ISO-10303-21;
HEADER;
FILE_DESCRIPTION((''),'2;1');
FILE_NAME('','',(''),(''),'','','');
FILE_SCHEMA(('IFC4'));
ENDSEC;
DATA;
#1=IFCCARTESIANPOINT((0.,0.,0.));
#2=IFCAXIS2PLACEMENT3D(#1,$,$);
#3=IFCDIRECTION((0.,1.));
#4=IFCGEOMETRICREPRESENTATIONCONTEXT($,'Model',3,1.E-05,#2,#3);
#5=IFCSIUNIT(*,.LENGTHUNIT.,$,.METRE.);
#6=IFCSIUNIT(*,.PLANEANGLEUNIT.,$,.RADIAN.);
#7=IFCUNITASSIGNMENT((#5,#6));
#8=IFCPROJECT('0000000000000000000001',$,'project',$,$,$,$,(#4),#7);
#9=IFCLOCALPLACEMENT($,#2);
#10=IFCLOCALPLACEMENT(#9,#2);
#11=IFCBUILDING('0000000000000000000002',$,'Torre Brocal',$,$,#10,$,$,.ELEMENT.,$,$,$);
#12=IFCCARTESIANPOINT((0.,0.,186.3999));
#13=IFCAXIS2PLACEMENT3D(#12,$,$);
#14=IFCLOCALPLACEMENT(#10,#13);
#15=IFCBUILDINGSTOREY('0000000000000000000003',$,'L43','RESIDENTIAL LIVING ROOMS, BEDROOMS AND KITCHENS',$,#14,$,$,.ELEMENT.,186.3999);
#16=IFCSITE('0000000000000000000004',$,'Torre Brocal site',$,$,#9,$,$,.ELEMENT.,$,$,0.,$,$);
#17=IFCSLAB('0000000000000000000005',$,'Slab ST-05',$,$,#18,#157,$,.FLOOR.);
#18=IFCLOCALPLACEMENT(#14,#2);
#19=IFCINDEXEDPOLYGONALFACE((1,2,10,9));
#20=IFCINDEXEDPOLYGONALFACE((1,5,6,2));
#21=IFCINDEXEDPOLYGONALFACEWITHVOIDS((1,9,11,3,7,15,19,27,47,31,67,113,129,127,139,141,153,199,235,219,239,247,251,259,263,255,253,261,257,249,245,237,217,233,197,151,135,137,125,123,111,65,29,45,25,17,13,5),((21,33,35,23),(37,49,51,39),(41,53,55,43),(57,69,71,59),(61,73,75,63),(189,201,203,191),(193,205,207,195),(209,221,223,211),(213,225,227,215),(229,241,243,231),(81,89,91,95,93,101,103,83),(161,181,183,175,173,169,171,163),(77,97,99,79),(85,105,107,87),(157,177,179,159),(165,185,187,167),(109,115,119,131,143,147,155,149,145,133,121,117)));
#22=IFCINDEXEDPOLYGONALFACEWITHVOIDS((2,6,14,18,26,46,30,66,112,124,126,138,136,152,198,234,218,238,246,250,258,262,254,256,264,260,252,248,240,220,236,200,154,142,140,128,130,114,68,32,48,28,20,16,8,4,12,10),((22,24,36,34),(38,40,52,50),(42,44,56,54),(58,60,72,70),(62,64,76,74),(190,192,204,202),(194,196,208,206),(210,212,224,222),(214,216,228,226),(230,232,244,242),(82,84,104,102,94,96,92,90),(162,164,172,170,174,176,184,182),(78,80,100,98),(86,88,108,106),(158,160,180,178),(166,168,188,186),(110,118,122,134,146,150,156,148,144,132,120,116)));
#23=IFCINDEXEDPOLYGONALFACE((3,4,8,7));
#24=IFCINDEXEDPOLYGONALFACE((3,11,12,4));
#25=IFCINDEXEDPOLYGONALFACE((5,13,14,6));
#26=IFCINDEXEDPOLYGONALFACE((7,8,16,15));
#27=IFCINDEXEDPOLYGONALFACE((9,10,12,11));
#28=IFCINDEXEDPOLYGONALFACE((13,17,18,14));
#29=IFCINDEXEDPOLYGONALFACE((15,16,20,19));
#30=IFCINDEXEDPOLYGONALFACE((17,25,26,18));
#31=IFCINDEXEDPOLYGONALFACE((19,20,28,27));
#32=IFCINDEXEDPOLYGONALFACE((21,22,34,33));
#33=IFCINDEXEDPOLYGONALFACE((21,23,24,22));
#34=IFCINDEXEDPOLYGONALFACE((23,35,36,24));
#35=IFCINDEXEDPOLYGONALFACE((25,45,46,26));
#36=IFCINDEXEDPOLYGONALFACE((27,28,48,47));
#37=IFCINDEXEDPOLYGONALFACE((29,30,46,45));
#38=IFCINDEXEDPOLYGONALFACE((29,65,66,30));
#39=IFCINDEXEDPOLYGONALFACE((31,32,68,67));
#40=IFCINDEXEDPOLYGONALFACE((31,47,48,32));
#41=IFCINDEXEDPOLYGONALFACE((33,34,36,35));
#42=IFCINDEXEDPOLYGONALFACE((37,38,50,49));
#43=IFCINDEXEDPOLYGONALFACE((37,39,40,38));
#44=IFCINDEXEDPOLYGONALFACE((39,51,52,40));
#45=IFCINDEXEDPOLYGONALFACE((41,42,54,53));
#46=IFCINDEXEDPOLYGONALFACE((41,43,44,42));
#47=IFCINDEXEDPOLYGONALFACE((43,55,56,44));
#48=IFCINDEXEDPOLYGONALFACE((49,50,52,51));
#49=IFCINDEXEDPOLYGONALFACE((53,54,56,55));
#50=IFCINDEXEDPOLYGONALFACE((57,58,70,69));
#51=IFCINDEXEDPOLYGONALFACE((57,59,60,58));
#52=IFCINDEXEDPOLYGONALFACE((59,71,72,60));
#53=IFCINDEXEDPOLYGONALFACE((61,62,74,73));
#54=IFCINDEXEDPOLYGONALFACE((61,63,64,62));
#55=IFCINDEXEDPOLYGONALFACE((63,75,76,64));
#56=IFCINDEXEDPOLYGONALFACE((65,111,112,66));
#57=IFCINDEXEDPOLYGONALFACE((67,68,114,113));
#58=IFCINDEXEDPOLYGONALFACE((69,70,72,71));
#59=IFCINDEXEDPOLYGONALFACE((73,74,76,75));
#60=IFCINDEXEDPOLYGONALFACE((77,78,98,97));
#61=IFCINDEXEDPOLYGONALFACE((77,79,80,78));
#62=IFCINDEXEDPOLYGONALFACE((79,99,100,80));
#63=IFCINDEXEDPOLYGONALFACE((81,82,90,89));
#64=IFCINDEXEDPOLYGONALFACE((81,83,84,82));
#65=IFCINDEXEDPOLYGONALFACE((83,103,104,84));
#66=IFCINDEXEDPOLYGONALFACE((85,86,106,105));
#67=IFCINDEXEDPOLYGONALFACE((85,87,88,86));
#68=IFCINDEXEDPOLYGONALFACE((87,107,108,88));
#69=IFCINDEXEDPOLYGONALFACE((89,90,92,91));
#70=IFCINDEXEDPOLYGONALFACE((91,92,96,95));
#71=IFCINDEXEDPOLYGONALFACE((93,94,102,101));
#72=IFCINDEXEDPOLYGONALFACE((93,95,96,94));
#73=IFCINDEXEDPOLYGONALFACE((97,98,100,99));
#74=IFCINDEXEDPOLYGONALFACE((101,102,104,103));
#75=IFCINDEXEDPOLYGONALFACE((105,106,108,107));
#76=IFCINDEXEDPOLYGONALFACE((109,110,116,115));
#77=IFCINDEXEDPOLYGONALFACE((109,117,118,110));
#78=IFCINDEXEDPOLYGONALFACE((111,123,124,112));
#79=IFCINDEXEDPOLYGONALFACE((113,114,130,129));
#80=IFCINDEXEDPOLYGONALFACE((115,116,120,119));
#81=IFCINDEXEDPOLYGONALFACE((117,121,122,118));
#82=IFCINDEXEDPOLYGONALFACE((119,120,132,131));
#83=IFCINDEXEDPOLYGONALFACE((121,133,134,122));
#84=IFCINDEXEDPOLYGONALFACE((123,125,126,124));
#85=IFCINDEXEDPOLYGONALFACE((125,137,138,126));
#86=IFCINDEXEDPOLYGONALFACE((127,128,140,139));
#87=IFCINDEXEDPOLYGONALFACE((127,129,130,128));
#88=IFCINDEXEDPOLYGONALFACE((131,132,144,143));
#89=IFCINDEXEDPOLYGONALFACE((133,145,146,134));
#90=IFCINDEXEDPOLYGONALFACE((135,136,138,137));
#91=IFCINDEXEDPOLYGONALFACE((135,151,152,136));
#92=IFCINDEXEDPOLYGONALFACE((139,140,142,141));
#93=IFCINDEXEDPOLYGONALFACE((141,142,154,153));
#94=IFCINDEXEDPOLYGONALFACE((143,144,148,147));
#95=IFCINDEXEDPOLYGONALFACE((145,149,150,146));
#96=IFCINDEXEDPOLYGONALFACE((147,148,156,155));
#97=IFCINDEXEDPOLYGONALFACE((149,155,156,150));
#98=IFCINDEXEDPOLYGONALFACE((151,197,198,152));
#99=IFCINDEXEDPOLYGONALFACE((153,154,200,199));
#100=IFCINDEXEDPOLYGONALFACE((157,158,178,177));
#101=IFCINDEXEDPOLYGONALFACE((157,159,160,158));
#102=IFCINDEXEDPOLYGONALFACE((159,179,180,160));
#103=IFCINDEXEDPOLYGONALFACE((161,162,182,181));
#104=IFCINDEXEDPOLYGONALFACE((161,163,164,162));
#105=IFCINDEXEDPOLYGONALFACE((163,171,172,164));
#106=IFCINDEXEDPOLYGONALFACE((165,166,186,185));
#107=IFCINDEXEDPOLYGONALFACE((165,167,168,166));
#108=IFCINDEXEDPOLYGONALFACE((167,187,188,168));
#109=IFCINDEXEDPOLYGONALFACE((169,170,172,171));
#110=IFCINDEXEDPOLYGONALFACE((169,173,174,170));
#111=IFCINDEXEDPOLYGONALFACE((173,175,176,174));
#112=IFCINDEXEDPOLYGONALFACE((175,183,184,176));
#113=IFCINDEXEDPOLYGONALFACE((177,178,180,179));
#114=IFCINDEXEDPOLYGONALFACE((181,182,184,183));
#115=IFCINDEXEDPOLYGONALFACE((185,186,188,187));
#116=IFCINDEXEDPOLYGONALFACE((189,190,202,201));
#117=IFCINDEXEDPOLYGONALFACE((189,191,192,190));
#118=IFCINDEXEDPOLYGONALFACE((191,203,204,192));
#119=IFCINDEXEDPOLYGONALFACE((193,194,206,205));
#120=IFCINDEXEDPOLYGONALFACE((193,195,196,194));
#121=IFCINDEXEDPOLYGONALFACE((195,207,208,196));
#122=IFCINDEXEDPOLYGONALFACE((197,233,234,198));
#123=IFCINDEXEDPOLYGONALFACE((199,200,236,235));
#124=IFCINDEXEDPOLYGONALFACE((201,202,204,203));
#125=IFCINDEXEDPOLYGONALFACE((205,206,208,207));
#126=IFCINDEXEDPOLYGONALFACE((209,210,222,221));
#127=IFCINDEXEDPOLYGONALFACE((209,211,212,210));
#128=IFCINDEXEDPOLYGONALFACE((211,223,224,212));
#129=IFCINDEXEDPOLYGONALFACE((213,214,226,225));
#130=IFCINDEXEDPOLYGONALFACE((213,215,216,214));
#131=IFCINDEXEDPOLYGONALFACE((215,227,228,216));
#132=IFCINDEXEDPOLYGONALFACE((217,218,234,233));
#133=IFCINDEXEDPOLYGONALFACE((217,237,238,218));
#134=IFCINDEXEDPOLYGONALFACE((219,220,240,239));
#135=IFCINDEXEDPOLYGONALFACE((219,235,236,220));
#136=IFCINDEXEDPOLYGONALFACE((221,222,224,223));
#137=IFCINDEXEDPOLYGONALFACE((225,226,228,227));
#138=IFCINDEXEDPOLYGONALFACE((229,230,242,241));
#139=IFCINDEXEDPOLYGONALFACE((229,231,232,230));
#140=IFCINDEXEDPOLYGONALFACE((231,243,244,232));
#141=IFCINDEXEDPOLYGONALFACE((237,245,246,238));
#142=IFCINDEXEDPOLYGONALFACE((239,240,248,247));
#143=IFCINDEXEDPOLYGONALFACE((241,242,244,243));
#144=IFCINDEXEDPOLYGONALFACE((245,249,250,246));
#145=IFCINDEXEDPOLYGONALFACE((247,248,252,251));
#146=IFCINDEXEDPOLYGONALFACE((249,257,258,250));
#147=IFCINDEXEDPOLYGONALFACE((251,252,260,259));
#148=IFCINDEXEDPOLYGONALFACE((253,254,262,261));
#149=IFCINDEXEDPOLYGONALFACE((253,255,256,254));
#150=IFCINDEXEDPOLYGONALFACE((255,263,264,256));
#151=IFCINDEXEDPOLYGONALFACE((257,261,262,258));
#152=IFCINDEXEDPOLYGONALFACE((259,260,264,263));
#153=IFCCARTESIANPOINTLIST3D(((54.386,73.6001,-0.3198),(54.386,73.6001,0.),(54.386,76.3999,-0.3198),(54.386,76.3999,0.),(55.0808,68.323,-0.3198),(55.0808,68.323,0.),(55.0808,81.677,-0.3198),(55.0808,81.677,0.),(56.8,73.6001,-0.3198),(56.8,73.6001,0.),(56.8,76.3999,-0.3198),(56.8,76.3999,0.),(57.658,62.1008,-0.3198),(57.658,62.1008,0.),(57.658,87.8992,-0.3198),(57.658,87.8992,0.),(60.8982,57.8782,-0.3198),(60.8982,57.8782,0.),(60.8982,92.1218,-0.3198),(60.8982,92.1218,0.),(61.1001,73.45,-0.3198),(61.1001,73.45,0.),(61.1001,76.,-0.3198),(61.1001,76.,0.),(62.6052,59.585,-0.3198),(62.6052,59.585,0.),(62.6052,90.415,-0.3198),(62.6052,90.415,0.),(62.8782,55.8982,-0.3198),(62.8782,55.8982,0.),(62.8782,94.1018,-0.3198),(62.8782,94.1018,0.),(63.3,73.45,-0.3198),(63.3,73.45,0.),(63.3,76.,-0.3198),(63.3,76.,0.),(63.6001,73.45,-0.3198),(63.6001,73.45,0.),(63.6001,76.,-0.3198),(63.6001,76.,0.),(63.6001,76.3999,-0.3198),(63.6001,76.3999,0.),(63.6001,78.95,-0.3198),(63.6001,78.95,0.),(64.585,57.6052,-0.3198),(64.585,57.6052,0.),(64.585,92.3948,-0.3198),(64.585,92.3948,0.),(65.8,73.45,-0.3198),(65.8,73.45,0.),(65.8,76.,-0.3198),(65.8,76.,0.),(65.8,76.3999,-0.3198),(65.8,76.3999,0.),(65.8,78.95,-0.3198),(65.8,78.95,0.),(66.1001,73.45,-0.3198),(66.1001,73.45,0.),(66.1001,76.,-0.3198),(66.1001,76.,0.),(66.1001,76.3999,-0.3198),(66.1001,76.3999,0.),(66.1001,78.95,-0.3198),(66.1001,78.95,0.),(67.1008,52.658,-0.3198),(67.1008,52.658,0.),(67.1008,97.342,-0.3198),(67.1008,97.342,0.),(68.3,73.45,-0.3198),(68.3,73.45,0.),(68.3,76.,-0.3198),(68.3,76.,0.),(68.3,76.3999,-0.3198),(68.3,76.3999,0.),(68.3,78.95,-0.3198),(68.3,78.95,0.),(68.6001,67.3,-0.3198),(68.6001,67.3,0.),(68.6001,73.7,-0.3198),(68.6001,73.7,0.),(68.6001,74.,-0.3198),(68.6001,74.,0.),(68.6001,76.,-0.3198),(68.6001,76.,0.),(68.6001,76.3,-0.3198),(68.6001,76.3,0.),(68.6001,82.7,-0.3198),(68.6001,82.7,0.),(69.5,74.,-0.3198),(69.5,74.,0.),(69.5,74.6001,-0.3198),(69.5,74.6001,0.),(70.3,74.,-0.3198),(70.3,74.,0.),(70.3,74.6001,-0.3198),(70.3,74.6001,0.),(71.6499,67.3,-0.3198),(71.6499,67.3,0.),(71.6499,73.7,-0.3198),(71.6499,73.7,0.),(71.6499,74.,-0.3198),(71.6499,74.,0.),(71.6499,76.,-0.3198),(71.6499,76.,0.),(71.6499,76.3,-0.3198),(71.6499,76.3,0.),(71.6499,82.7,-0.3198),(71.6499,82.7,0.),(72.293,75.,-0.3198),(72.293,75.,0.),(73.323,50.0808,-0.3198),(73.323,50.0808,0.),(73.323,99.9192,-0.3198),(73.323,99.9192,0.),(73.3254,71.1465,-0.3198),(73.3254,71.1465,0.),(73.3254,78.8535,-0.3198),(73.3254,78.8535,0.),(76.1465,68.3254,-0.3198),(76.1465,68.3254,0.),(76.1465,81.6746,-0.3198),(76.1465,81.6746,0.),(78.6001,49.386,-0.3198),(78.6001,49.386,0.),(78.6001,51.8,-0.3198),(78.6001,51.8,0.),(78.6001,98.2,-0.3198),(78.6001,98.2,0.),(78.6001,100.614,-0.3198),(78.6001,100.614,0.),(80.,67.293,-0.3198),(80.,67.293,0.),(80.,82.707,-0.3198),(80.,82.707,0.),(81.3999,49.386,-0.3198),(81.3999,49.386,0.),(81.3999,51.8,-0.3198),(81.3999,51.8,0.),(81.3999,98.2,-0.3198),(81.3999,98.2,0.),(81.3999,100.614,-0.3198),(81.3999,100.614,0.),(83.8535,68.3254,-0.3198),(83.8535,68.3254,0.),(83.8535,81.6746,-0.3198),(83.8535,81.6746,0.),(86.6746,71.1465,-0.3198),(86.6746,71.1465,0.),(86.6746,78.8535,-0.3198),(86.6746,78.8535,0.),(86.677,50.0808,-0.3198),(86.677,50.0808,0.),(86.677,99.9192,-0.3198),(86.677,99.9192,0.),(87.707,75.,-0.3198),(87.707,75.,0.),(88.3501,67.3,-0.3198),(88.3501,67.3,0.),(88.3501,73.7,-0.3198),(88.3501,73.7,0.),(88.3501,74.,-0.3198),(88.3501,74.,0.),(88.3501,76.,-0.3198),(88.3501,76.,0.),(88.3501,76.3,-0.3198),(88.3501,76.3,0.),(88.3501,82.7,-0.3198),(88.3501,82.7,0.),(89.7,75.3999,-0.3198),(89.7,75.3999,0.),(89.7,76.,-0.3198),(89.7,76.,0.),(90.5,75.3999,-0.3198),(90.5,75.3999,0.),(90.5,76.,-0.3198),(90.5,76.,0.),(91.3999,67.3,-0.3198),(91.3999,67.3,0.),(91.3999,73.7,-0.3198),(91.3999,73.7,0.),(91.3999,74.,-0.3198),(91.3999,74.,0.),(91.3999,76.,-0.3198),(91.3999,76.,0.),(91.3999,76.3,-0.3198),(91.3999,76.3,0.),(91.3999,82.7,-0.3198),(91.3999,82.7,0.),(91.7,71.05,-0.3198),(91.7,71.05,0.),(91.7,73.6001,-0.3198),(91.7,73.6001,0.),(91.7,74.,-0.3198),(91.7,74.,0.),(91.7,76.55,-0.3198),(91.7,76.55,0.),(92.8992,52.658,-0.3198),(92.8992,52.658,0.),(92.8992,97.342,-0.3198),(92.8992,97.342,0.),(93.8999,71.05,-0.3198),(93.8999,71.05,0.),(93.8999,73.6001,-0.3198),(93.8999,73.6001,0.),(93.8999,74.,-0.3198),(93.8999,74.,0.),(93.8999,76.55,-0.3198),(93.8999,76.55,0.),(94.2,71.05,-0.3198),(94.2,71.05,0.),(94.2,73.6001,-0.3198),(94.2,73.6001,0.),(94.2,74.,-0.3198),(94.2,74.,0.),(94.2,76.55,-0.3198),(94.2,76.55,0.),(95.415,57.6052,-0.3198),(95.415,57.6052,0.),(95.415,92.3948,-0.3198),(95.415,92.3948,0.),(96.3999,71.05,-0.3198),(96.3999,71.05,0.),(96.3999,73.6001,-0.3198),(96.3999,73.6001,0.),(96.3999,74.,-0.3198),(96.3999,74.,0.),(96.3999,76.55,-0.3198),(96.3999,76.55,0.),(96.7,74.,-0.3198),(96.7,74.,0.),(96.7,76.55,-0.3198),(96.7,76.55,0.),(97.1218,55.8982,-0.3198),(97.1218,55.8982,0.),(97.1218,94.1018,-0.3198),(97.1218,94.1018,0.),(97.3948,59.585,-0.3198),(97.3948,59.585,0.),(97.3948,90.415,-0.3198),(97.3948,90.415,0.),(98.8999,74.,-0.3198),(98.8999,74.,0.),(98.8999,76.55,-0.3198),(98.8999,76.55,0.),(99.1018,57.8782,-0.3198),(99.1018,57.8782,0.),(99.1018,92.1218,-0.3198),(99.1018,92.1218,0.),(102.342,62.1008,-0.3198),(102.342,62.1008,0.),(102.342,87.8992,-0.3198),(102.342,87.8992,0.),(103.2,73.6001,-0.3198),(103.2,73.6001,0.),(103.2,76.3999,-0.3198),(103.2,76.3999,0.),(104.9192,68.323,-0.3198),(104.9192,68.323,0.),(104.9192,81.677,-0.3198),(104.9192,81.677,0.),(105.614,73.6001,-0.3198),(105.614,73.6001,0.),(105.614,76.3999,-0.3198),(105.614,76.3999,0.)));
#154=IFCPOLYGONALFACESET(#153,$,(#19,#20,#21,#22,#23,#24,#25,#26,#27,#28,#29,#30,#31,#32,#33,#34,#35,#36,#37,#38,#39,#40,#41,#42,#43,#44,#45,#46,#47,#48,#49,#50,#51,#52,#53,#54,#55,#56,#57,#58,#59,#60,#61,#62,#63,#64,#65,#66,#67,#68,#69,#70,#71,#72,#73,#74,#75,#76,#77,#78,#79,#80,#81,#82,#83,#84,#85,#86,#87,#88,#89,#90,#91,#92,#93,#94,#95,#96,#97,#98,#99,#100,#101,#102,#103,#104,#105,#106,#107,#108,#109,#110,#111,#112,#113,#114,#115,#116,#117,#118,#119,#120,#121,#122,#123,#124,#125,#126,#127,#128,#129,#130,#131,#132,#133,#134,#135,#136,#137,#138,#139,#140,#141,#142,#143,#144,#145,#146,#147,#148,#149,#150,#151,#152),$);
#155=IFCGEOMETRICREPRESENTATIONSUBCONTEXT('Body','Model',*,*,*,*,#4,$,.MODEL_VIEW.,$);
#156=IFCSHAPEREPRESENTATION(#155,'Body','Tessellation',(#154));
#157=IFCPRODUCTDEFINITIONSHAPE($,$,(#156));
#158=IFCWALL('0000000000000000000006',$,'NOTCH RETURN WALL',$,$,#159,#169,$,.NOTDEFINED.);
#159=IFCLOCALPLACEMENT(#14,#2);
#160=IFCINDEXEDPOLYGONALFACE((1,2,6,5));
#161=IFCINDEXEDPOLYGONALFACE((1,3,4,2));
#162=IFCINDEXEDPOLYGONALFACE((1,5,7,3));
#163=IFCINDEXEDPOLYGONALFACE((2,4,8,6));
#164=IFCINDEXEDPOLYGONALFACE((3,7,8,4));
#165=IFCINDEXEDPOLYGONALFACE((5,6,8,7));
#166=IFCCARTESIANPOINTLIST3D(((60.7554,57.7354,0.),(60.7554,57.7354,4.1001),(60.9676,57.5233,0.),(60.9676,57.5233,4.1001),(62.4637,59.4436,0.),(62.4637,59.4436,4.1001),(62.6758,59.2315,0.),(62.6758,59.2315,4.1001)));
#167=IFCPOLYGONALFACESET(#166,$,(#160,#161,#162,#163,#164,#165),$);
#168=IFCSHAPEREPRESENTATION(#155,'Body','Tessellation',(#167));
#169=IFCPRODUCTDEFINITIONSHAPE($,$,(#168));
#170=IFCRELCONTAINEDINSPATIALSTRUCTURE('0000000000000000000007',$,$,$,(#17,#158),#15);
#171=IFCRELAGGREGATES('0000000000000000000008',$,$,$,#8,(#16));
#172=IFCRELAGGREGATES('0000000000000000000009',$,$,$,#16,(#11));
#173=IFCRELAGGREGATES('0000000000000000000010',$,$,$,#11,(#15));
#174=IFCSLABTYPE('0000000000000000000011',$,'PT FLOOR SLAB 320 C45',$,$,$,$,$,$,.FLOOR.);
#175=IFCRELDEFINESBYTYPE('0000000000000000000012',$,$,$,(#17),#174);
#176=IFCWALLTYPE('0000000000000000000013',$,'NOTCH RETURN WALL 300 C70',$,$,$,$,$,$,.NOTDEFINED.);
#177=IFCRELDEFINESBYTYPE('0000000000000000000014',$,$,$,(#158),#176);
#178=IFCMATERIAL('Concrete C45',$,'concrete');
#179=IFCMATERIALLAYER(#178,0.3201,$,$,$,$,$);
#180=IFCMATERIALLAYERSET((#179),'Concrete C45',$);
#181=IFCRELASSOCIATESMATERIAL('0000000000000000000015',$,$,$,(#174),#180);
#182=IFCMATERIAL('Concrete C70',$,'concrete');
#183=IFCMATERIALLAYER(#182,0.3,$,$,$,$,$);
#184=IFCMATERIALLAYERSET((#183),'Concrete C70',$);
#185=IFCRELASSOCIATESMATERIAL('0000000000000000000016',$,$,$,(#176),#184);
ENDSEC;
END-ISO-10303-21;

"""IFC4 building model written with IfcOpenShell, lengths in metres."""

from ifc_helpers import new_model, si_unit, direction, frame, frame_2d, origin, place, context, subcontext, project, spatial, polyline, rectangle, outline, extrude, material, layer, layer_set, type_object, element, save


model = new_model("IFC4")

# Units and contexts
model_context = context("Model", 3, precision=1e-05, world=origin(), true_north=direction((0.0, 1.0)))
body_context = subcontext(model_context, "Body", "Model", "MODEL_VIEW")
ifc_project = project(units=[si_unit("LENGTHUNIT", "METRE"), si_unit("PLANEANGLEUNIT", "RADIAN")], contexts=[model_context])

# Site, building, storey
site_placement = place(None, origin())
site = spatial("IfcSite", under=ifc_project, at=site_placement, Name="Torre Brocal site", CompositionType="ELEMENT", RefElevation=0.0)
building_placement = place(site_placement, origin())
building = spatial("IfcBuilding", under=site, at=building_placement, Name="Torre Brocal", CompositionType="ELEMENT")
storey_placement = place(building_placement, frame((0.0, 0.0, 186.3999)))
storey = spatial("IfcBuildingStorey", under=building, at=storey_placement, Name="L43", Description="RESIDENTIAL LIVING ROOMS, BEDROOMS AND KITCHENS", CompositionType="ELEMENT", Elevation=186.3999)

# Slab
ifc_material_1 = material(Name="Concrete C45", Category="concrete")
ifc_layer_1 = layer(ifc_material_1, 0.3201)
ifc_layer_set_1 = layer_set([ifc_layer_1], Name="Concrete C45")
slab_type_1 = type_object("IfcSlabType", Name="PT FLOOR SLAB 320 C45", PredefinedType="FLOOR", material=ifc_layer_set_1)
slab_1_placement = place(storey_placement, frame((0.0, 0.0, -0.3198)))
element("IfcSlab", 1, at=slab_1_placement, inside=storey, type_object=slab_type_1, Name="Slab ST-05", PredefinedType="FLOOR", context=body_context, shape_type="SweptSolid", body=[
    extrude(outline(polyline([(103.2, 76.3999), (103.2, 73.6001), (105.614, 73.6001), (104.9192, 68.323), (102.342, 62.1008), (99.1018, 57.8782), (97.3948, 59.585), (95.415, 57.6052), (97.1218, 55.8982), (92.8992, 52.658), (86.677, 50.0808), (81.3999, 49.386), (81.3999, 51.8), (78.6001, 51.8), (78.6001, 49.386), (73.323, 50.0808), (67.1008, 52.658), (62.8782, 55.8982), (64.585, 57.6052), (62.6052, 59.585), (60.8982, 57.8782), (57.658, 62.1008), (55.0808, 68.323), (54.386, 73.6001), (56.8, 73.6001), (56.8, 76.3999), (54.386, 76.3999), (55.0808, 81.677), (57.658, 87.8992), (60.8982, 92.1218), (62.6052, 90.415), (64.585, 92.3948), (62.8782, 94.1018), (67.1008, 97.342), (73.323, 99.9192), (78.6001, 100.614), (78.6001, 98.2), (81.3999, 98.2), (81.3999, 100.614), (86.677, 99.9192), (92.8992, 97.342), (97.1218, 94.1018), (95.415, 92.3948), (97.3948, 90.415), (99.1018, 92.1218), (102.342, 87.8992), (104.9192, 81.677), (105.614, 76.3999), (103.2, 76.3999)]), holes=[polyline([(98.8999, 76.55), (96.7, 76.55), (96.7, 74.0), (98.8999, 74.0), (98.8999, 76.55)]), polyline([(96.3999, 76.55), (94.2, 76.55), (94.2, 74.0), (96.3999, 74.0), (96.3999, 76.55)]), polyline([(96.3999, 73.6001), (94.2, 73.6001), (94.2, 71.05), (96.3999, 71.05), (96.3999, 73.6001)]), polyline([(93.8999, 76.55), (91.7, 76.55), (91.7, 74.0), (93.8999, 74.0), (93.8999, 76.55)]), polyline([(93.8999, 73.6001), (91.7, 73.6001), (91.7, 71.05), (93.8999, 71.05), (93.8999, 73.6001)]), polyline([(89.7, 76.0), (88.3501, 76.0), (88.3501, 74.0), (91.3999, 74.0), (91.3999, 76.0), (90.5, 76.0), (90.5, 75.3999), (89.7, 75.3999), (89.7, 76.0)]), polyline([(91.3999, 82.7), (88.3501, 82.7), (88.3501, 76.3), (91.3999, 76.3), (91.3999, 82.7)]), polyline([(91.3999, 73.7), (88.3501, 73.7), (88.3501, 67.3), (91.3999, 67.3), (91.3999, 73.7)]), polyline([(80.0, 82.707), (76.1465, 81.6746), (73.3254, 78.8535), (72.293, 75.0), (73.3254, 71.1465), (76.1465, 68.3254), (80.0, 67.293), (83.8535, 68.3254), (86.6746, 71.1465), (87.707, 75.0), (86.6746, 78.8535), (83.8535, 81.6746), (80.0, 82.707)]), polyline([(70.3, 74.0), (71.6499, 74.0), (71.6499, 76.0), (68.6001, 76.0), (68.6001, 74.0), (69.5, 74.0), (69.5, 74.6001), (70.3, 74.6001), (70.3, 74.0)]), polyline([(68.6001, 76.3), (71.6499, 76.3), (71.6499, 82.7), (68.6001, 82.7), (68.6001, 76.3)]), polyline([(68.6001, 67.3), (71.6499, 67.3), (71.6499, 73.7), (68.6001, 73.7), (68.6001, 67.3)]), polyline([(66.1001, 76.3999), (68.3, 76.3999), (68.3, 78.95), (66.1001, 78.95), (66.1001, 76.3999)]), polyline([(66.1001, 73.45), (68.3, 73.45), (68.3, 76.0), (66.1001, 76.0), (66.1001, 73.45)]), polyline([(63.6001, 76.3999), (65.8, 76.3999), (65.8, 78.95), (63.6001, 78.95), (63.6001, 76.3999)]), polyline([(63.6001, 73.45), (65.8, 73.45), (65.8, 76.0), (63.6001, 76.0), (63.6001, 73.45)]), polyline([(61.1001, 73.45), (63.3, 73.45), (63.3, 76.0), (61.1001, 76.0), (61.1001, 73.45)])]), origin(), (0.0, 0.0, 1.0), 0.3198),
])

# Wall
ifc_material_2 = material(Name="Concrete C70", Category="concrete")
ifc_layer_2 = layer(ifc_material_2, 0.3)
ifc_layer_set_2 = layer_set([ifc_layer_2], Name="Concrete C70")
wall_type_1 = type_object("IfcWallType", Name="NOTCH RETURN WALL 300 C70", PredefinedType="NOTDEFINED", material=ifc_layer_set_2)
for number, where, z_axis, x_axis, name in (
    (2, (62.5698, 59.3376, 0.0), (0.0, 0.0, 1.0), (-0.707107, -0.707107, 0.0), "NOTCH RETURN WALL"),
):
    element("IfcWall", number, at=place(storey_placement, frame(where, z_axis=z_axis, x_axis=x_axis)), inside=storey, type_object=wall_type_1, Name=name, PredefinedType="NOTDEFINED", context=body_context, shape_type="SweptSolid", body=[
        extrude(rectangle(XDim=2.4158, YDim=0.3, at=frame_2d((1.208, 0.0))), origin(), (0.0, 0.0, 1.0), 4.1001),
    ])

save(model, "model.ifc")
